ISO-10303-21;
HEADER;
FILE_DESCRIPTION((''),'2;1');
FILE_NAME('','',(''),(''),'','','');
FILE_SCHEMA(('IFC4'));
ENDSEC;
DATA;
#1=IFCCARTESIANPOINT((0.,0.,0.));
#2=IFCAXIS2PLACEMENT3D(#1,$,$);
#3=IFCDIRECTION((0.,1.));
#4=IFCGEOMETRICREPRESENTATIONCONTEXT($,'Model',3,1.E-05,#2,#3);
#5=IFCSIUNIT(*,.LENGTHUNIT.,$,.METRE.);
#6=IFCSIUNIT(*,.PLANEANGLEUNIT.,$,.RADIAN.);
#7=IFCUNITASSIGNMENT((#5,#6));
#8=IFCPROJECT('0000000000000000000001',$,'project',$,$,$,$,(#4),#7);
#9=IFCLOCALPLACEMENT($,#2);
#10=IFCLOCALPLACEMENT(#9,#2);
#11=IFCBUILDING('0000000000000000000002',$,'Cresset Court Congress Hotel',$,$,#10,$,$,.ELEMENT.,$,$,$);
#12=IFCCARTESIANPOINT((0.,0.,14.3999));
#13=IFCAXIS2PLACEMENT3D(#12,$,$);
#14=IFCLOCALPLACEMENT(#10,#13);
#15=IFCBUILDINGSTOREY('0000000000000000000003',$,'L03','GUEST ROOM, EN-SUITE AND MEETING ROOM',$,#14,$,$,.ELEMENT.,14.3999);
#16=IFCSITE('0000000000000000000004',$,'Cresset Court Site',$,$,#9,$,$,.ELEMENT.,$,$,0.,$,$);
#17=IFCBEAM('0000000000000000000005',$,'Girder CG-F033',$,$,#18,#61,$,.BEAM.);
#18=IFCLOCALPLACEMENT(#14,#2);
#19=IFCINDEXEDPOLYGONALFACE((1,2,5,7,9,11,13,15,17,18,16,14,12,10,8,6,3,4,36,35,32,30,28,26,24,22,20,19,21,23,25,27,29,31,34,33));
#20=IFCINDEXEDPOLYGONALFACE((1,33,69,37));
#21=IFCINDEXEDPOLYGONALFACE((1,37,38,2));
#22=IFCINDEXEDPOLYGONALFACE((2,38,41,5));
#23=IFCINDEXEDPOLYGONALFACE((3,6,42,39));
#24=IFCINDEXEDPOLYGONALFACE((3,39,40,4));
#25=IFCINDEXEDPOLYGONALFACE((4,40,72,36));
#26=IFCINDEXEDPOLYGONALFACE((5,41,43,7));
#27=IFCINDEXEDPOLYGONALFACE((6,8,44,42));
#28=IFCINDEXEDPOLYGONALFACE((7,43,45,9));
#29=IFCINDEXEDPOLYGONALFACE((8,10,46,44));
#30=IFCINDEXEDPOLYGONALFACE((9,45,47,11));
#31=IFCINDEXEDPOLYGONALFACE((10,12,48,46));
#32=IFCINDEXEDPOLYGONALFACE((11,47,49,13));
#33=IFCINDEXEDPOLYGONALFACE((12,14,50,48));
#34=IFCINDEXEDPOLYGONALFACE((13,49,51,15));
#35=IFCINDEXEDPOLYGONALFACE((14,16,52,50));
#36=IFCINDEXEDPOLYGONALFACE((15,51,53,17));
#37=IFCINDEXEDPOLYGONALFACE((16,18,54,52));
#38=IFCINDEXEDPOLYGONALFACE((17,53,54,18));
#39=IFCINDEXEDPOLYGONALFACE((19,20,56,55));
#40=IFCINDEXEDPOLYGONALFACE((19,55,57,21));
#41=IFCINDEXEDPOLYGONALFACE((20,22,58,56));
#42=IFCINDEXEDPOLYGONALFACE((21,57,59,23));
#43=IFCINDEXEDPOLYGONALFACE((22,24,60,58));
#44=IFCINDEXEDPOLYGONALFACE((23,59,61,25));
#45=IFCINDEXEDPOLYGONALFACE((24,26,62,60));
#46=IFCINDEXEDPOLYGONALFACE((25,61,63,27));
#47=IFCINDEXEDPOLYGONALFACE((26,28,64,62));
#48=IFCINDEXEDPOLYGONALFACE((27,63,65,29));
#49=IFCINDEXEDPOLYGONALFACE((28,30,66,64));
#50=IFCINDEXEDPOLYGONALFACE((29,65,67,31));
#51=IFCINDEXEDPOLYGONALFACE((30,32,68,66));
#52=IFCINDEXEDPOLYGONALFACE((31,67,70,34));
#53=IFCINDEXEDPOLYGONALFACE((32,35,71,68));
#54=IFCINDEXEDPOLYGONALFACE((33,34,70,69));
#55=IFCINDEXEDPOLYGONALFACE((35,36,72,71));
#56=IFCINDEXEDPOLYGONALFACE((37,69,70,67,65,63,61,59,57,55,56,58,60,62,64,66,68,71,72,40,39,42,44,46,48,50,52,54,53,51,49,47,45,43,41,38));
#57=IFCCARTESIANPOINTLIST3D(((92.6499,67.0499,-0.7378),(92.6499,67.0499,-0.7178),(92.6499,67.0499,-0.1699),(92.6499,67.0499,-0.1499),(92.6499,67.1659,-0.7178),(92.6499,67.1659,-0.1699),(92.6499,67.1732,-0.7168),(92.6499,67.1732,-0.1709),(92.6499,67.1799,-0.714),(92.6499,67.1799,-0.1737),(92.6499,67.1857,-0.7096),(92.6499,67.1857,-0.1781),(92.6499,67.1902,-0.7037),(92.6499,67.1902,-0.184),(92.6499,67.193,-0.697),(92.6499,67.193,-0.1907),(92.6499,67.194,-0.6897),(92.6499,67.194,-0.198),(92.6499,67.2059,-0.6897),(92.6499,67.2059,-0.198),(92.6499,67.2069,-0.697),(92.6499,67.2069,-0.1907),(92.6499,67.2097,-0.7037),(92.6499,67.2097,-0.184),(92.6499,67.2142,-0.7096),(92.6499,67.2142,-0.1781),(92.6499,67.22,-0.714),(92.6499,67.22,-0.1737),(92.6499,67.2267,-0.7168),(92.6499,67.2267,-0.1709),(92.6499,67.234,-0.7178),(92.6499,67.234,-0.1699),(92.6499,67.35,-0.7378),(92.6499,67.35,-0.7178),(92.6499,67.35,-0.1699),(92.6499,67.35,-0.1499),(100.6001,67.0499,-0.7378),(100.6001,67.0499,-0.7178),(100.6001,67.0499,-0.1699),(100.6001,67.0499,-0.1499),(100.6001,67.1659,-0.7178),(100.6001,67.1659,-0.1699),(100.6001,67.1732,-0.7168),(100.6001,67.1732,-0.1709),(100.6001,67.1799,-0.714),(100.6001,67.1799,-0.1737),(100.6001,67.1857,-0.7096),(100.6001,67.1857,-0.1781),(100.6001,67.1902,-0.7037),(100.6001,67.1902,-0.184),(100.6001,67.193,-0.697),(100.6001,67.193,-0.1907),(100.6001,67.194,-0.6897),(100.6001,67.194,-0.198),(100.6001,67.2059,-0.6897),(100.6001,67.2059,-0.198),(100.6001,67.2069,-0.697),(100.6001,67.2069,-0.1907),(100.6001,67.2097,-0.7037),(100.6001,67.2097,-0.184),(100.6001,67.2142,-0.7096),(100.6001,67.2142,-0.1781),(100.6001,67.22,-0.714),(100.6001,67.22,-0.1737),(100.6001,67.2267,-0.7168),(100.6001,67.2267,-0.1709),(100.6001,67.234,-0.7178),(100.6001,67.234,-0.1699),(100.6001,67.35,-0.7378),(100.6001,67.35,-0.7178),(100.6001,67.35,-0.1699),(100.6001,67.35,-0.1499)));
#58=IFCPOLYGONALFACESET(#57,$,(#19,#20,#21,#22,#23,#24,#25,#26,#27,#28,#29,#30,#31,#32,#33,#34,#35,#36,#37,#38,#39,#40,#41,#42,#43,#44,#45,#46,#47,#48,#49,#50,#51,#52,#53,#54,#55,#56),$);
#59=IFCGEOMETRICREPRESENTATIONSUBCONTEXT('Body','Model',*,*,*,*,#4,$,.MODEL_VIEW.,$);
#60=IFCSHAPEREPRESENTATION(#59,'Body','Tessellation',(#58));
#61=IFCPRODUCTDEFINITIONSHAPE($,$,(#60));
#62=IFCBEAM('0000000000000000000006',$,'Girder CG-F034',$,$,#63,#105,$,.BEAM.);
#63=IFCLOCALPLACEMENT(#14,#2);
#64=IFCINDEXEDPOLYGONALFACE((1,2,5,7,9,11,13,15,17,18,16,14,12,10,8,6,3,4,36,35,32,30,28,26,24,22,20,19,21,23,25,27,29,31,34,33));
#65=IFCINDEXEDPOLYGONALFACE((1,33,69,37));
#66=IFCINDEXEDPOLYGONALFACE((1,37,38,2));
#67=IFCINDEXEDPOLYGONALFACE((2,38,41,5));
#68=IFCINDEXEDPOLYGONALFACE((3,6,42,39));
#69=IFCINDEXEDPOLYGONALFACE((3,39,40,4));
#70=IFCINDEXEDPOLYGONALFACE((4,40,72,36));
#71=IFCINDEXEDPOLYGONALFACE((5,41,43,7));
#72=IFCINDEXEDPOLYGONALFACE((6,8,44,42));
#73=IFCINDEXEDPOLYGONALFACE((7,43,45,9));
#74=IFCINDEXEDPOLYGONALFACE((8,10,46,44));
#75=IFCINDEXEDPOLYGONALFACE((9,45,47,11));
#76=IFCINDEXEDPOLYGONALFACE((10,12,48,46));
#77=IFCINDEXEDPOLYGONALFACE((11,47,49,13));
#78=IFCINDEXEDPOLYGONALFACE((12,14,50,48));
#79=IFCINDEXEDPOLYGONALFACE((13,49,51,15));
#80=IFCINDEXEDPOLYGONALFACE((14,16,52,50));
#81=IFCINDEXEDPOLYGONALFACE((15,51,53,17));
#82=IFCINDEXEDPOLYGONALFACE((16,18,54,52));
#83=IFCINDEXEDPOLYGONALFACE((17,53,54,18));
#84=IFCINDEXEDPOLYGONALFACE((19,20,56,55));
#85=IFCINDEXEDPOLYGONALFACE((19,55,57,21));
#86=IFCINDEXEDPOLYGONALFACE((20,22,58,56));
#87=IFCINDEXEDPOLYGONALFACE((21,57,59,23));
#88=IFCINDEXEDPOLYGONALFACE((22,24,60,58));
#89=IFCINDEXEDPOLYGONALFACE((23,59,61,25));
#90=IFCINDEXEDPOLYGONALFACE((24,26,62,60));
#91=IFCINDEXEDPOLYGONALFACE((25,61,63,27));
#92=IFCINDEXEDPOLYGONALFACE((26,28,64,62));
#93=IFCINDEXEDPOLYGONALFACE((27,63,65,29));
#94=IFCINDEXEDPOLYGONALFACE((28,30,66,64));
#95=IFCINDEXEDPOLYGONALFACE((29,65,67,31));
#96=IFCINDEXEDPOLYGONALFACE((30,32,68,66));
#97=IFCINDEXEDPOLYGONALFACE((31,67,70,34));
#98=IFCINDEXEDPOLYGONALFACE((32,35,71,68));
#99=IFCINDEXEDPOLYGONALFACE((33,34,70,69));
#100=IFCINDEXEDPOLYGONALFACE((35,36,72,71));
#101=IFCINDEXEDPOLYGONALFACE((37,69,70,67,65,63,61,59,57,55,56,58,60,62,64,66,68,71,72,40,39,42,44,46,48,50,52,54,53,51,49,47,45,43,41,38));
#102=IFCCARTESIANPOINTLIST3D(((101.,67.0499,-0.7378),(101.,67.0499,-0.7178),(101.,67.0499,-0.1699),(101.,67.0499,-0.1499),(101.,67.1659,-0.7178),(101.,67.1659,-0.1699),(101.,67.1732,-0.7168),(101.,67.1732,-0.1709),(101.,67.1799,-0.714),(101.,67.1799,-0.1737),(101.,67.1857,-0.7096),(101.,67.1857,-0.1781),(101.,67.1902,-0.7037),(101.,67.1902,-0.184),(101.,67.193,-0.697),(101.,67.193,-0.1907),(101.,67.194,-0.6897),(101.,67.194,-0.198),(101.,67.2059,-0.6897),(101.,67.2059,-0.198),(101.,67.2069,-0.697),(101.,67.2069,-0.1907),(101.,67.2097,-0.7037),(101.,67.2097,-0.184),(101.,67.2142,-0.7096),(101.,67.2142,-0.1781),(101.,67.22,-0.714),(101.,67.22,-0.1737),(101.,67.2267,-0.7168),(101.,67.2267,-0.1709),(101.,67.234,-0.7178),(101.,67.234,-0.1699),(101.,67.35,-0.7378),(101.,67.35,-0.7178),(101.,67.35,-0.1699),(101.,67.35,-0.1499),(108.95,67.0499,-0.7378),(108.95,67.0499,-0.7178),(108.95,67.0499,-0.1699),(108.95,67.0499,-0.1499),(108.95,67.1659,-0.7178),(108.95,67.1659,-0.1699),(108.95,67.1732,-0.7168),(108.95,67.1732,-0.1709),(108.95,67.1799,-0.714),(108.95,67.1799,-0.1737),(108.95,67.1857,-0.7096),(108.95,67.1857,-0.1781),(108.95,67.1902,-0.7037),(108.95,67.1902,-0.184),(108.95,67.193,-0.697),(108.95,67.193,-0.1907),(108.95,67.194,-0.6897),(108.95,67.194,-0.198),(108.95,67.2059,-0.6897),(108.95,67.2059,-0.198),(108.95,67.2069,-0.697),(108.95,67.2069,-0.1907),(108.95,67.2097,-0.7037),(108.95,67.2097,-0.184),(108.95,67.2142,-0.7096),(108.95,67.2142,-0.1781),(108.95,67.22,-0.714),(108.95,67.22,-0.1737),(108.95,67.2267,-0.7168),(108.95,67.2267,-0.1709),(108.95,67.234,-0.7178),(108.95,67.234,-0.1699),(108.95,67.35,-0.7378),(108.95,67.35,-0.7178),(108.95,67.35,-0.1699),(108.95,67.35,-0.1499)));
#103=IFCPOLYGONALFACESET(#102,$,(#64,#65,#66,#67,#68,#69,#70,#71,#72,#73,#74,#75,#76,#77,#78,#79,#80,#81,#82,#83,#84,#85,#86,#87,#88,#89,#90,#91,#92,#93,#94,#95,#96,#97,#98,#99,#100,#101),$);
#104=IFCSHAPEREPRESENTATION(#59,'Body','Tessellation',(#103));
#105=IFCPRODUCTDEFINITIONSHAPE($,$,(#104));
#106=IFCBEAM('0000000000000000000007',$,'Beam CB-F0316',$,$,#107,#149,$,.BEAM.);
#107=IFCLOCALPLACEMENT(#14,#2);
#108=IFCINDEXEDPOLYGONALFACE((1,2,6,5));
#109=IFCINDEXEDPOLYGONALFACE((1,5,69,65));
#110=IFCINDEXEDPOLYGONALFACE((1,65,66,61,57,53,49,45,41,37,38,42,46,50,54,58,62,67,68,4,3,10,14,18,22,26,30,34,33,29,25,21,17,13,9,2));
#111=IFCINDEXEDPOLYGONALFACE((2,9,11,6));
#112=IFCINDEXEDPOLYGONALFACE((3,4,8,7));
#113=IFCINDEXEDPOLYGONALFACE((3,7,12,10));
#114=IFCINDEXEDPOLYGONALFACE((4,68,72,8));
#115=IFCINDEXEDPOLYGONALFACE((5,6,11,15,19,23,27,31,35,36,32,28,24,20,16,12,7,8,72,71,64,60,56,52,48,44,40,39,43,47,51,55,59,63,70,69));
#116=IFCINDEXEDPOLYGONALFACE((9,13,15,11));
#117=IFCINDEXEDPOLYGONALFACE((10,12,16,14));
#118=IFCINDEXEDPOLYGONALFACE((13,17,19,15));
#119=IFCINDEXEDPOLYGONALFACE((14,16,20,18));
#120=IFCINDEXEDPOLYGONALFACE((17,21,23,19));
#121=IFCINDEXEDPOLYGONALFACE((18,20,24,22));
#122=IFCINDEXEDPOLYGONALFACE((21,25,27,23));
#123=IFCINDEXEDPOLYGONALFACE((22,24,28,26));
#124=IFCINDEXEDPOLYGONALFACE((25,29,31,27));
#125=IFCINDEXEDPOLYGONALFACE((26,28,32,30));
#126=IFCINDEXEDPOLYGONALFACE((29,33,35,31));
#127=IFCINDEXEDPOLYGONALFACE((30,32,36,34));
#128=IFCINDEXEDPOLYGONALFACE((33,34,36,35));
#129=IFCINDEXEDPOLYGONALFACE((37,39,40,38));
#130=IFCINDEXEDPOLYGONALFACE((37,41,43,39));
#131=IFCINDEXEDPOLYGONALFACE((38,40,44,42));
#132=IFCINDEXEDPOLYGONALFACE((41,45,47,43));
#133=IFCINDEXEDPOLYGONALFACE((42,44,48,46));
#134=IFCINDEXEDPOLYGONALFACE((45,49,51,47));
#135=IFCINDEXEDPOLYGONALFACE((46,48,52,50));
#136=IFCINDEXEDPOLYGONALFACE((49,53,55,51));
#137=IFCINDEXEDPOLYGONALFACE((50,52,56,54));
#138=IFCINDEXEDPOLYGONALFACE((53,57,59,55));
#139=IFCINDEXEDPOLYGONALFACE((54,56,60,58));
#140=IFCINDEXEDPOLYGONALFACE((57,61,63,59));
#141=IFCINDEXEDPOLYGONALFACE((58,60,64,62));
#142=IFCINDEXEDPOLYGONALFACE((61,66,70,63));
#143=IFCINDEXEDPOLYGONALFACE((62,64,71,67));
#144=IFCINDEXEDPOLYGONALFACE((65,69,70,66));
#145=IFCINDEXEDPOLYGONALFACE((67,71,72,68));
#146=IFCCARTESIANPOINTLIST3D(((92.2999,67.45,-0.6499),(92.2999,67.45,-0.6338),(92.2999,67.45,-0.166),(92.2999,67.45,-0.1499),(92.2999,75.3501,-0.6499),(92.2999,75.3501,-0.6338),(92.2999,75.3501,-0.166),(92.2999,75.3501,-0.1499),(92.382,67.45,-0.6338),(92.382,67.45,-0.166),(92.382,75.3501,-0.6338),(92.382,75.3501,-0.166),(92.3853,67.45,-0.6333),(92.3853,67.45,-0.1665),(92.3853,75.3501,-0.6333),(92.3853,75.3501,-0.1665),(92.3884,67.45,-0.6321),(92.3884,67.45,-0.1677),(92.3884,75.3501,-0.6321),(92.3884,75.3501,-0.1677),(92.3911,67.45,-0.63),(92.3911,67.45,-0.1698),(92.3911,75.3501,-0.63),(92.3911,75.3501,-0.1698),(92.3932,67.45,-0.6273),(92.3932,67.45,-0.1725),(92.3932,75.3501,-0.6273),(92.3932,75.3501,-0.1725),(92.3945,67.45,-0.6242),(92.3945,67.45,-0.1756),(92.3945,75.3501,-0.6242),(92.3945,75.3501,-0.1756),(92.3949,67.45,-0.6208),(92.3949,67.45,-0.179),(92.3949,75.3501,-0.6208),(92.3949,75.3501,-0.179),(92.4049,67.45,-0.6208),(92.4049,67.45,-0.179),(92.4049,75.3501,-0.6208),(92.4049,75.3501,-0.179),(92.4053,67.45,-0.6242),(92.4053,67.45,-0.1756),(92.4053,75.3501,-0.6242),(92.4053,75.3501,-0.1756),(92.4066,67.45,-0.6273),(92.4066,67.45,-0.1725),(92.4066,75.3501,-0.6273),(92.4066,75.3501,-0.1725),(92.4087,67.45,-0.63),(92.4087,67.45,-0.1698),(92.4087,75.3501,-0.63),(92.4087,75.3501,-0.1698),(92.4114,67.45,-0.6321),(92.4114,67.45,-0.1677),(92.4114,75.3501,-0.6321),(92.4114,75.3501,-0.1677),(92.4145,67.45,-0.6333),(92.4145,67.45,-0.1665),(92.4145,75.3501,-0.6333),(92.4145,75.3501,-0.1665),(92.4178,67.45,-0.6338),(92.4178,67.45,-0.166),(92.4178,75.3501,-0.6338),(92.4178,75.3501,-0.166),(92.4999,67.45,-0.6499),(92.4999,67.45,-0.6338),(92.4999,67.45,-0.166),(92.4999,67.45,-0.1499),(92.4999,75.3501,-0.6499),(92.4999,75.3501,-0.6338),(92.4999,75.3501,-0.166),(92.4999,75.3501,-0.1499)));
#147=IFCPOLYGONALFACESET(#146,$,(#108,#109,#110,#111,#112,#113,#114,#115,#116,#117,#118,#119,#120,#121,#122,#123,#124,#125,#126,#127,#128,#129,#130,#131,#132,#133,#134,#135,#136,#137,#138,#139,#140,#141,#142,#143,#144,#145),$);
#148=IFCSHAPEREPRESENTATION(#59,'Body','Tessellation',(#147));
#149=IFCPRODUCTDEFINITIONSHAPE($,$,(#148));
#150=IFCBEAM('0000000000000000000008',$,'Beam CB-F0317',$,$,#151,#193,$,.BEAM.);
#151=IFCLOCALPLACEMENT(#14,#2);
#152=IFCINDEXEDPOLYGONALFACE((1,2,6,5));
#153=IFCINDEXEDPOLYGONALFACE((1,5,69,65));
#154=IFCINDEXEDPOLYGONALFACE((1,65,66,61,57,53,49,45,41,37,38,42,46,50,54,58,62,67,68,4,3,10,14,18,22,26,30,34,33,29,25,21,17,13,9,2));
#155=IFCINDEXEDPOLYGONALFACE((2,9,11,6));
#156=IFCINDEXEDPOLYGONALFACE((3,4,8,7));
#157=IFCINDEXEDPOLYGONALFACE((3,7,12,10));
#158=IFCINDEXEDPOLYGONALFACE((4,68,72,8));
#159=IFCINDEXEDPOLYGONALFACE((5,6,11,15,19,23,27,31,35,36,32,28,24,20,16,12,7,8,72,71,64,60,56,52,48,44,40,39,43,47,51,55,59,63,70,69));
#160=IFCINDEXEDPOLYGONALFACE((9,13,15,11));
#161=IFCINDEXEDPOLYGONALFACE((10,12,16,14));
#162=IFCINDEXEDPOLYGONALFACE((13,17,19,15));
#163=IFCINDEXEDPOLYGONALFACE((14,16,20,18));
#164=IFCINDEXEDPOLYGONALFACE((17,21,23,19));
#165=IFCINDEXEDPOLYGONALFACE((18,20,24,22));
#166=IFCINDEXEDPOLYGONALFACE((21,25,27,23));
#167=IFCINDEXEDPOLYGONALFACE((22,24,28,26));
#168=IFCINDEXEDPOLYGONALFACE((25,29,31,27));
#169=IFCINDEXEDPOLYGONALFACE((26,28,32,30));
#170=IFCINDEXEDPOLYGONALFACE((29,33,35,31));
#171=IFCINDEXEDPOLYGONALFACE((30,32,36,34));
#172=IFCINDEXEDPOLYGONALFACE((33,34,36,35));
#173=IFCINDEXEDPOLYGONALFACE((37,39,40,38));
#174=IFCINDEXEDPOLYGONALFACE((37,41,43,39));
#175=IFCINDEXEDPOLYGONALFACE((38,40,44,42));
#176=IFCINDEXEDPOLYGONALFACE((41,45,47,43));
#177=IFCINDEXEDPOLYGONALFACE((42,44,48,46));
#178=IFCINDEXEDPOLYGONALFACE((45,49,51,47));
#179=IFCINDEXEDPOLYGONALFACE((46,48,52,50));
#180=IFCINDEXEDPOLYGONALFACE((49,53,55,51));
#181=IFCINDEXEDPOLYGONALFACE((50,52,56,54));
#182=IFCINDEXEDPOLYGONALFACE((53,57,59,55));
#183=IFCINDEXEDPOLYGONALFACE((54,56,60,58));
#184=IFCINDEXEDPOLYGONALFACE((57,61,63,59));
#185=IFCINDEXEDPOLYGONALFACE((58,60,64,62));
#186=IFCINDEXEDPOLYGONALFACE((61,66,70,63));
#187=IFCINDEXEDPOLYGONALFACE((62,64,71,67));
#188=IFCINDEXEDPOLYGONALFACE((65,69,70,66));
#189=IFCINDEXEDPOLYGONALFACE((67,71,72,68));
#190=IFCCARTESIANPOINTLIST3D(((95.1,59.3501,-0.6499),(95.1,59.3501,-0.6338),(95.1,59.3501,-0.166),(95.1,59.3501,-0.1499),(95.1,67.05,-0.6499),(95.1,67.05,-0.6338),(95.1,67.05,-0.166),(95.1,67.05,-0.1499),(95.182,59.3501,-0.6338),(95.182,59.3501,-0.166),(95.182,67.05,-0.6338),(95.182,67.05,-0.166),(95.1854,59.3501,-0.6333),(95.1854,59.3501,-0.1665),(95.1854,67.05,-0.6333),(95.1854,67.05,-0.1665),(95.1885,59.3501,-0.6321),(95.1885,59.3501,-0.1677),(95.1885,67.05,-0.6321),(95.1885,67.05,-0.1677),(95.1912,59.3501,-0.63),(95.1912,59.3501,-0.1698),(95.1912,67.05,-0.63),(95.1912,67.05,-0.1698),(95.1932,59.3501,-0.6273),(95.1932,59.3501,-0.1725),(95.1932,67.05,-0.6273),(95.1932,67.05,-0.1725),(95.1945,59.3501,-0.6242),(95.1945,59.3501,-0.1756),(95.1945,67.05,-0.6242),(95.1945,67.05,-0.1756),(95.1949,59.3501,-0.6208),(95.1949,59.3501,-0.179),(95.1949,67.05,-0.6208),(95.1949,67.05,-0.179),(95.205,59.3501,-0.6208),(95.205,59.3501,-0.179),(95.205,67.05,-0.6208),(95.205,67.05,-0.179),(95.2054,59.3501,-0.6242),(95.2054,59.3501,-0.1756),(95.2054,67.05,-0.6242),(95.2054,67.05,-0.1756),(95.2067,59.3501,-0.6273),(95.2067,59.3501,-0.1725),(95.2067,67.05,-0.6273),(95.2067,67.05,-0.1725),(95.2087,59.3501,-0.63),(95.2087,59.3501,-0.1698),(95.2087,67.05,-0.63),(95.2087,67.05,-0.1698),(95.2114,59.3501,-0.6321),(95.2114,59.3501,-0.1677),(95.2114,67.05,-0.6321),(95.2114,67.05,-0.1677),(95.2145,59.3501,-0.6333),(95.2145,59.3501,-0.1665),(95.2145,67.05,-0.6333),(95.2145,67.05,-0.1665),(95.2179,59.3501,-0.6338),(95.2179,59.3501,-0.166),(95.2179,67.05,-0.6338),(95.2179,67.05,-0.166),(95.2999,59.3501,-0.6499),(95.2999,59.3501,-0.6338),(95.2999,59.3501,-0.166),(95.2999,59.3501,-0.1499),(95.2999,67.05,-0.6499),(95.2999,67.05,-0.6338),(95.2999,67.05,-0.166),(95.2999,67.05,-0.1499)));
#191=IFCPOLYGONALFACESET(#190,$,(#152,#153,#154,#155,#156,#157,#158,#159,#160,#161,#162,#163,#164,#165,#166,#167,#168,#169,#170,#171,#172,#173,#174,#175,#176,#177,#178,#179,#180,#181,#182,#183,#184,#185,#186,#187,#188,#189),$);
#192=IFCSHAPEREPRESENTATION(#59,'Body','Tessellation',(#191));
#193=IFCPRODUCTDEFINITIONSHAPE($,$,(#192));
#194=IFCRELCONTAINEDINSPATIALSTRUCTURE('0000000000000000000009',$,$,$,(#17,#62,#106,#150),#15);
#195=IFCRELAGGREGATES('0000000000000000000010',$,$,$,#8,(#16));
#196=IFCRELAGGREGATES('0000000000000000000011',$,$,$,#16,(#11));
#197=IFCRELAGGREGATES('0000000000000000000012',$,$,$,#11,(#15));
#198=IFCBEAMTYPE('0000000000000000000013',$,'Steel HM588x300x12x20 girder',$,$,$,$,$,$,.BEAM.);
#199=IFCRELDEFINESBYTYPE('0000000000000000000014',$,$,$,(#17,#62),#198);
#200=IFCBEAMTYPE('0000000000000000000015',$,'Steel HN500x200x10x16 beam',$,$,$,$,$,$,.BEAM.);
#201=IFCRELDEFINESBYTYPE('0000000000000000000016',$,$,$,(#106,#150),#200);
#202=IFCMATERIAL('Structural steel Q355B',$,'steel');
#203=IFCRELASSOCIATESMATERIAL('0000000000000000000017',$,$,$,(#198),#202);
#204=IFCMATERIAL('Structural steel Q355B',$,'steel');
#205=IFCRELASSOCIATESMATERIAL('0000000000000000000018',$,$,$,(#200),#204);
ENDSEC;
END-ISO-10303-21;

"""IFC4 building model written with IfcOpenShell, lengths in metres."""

from ifc_helpers import new_model, si_unit, direction, frame, origin, origin_2d, place, context, subcontext, project, spatial, i_section, extrude, material, material_profile, profile_set, type_object, element, save


model = new_model("IFC4")

# Units and contexts
model_context = context("Model", 3, precision=1e-05, world=origin(), true_north=direction((0.0, 1.0)))
body_context = subcontext(model_context, "Body", "Model", "MODEL_VIEW")
ifc_project = project(units=[si_unit("LENGTHUNIT", "METRE"), si_unit("PLANEANGLEUNIT", "RADIAN")], contexts=[model_context])

# Site, building, storey
site_placement = place(None, origin())
site = spatial("IfcSite", under=ifc_project, at=site_placement, Name="Cresset Court Site", CompositionType="ELEMENT", RefElevation=0.0)
building_placement = place(site_placement, origin())
building = spatial("IfcBuilding", under=site, at=building_placement, Name="Cresset Court Congress Hotel", CompositionType="ELEMENT")
storey_placement = place(building_placement, frame((0.0, 0.0, 14.3999)))
storey = spatial("IfcBuildingStorey", under=building, at=storey_placement, Name="L03", Description="GUEST ROOM, EN-SUITE AND MEETING ROOM", CompositionType="ELEMENT", Elevation=14.3999)

# Beams
ifc_material_1 = material(Name="Structural steel Q355B", Category="steel")
ifc_material_profile_1 = material_profile(ifc_material_1, i_section(OverallWidth=0.3, OverallDepth=0.5879, WebThickness=0.012, FlangeThickness=0.02, FilletRadius=0.0281, at=origin_2d()), Name="HM588x300x12x20")
ifc_profile_set_1 = profile_set([ifc_material_profile_1], Name="Structural steel Q355B")
beam_type_1 = type_object("IfcBeamType", Name="Steel HM588x300x12x20 girder", PredefinedType="BEAM", material=ifc_profile_set_1)
beam_1_placement = place(storey_placement, frame((92.6499, 67.2, -0.4438), z_axis=(1.0, 0.0, 0.0), x_axis=(0.0, 1.0, 0.0)))
element("IfcBeam", 1, at=beam_1_placement, inside=storey, type_object=beam_type_1, Name="Girder CG-F033", PredefinedType="BEAM", context=body_context, shape_type="SweptSolid", body=[
    extrude(i_section(OverallWidth=0.3, OverallDepth=0.5879, WebThickness=0.012, FlangeThickness=0.02, FilletRadius=0.0281, at=origin_2d()), origin(), (0.0, 0.0, 1.0), 7.9502),
])
beam_2_placement = place(storey_placement, frame((101.0, 67.2, -0.4438), z_axis=(1.0, 0.0, 0.0), x_axis=(0.0, 1.0, 0.0)))
element("IfcBeam", 2, at=beam_2_placement, inside=storey, type_object=beam_type_1, Name="Girder CG-F034", PredefinedType="BEAM", context=body_context, shape_type="SweptSolid", body=[
    extrude(i_section(OverallWidth=0.3, OverallDepth=0.5879, WebThickness=0.012, FlangeThickness=0.02, FilletRadius=0.0281, at=origin_2d()), origin(), (0.0, 0.0, 1.0), 7.95),
])
ifc_material_2 = material(Name="Structural steel Q355B", Category="steel")
ifc_material_profile_2 = material_profile(ifc_material_2, i_section(OverallWidth=0.2, OverallDepth=0.5, WebThickness=0.01, FlangeThickness=0.0161, FilletRadius=0.0129, at=origin_2d()), Name="HN500x200x10x16")
ifc_profile_set_2 = profile_set([ifc_material_profile_2], Name="Structural steel Q355B")
beam_type_2 = type_object("IfcBeamType", Name="Steel HN500x200x10x16 beam", PredefinedType="BEAM", material=ifc_profile_set_2)
beam_3_placement = place(storey_placement, frame((92.3999, 67.45, -0.3999), z_axis=(0.0, 1.0, 0.0), x_axis=(-1.0, 0.0, 0.0)))
element("IfcBeam", 3, at=beam_3_placement, inside=storey, type_object=beam_type_2, Name="Beam CB-F0316", PredefinedType="BEAM", context=body_context, shape_type="SweptSolid", body=[
    extrude(i_section(OverallWidth=0.2, OverallDepth=0.5, WebThickness=0.01, FlangeThickness=0.0161, FilletRadius=0.0129, at=origin_2d()), origin(), (0.0, 0.0, 1.0), 7.9001),
])
beam_4_placement = place(storey_placement, frame((95.2, 59.3501, -0.3999), z_axis=(0.0, 1.0, 0.0), x_axis=(-1.0, 0.0, 0.0)))
element("IfcBeam", 4, at=beam_4_placement, inside=storey, type_object=beam_type_2, Name="Beam CB-F0317", PredefinedType="BEAM", context=body_context, shape_type="SweptSolid", body=[
    extrude(i_section(OverallWidth=0.2, OverallDepth=0.5, WebThickness=0.01, FlangeThickness=0.0161, FilletRadius=0.0129, at=origin_2d()), origin(), (0.0, 0.0, 1.0), 7.7),
])

save(model, "model.ifc")
